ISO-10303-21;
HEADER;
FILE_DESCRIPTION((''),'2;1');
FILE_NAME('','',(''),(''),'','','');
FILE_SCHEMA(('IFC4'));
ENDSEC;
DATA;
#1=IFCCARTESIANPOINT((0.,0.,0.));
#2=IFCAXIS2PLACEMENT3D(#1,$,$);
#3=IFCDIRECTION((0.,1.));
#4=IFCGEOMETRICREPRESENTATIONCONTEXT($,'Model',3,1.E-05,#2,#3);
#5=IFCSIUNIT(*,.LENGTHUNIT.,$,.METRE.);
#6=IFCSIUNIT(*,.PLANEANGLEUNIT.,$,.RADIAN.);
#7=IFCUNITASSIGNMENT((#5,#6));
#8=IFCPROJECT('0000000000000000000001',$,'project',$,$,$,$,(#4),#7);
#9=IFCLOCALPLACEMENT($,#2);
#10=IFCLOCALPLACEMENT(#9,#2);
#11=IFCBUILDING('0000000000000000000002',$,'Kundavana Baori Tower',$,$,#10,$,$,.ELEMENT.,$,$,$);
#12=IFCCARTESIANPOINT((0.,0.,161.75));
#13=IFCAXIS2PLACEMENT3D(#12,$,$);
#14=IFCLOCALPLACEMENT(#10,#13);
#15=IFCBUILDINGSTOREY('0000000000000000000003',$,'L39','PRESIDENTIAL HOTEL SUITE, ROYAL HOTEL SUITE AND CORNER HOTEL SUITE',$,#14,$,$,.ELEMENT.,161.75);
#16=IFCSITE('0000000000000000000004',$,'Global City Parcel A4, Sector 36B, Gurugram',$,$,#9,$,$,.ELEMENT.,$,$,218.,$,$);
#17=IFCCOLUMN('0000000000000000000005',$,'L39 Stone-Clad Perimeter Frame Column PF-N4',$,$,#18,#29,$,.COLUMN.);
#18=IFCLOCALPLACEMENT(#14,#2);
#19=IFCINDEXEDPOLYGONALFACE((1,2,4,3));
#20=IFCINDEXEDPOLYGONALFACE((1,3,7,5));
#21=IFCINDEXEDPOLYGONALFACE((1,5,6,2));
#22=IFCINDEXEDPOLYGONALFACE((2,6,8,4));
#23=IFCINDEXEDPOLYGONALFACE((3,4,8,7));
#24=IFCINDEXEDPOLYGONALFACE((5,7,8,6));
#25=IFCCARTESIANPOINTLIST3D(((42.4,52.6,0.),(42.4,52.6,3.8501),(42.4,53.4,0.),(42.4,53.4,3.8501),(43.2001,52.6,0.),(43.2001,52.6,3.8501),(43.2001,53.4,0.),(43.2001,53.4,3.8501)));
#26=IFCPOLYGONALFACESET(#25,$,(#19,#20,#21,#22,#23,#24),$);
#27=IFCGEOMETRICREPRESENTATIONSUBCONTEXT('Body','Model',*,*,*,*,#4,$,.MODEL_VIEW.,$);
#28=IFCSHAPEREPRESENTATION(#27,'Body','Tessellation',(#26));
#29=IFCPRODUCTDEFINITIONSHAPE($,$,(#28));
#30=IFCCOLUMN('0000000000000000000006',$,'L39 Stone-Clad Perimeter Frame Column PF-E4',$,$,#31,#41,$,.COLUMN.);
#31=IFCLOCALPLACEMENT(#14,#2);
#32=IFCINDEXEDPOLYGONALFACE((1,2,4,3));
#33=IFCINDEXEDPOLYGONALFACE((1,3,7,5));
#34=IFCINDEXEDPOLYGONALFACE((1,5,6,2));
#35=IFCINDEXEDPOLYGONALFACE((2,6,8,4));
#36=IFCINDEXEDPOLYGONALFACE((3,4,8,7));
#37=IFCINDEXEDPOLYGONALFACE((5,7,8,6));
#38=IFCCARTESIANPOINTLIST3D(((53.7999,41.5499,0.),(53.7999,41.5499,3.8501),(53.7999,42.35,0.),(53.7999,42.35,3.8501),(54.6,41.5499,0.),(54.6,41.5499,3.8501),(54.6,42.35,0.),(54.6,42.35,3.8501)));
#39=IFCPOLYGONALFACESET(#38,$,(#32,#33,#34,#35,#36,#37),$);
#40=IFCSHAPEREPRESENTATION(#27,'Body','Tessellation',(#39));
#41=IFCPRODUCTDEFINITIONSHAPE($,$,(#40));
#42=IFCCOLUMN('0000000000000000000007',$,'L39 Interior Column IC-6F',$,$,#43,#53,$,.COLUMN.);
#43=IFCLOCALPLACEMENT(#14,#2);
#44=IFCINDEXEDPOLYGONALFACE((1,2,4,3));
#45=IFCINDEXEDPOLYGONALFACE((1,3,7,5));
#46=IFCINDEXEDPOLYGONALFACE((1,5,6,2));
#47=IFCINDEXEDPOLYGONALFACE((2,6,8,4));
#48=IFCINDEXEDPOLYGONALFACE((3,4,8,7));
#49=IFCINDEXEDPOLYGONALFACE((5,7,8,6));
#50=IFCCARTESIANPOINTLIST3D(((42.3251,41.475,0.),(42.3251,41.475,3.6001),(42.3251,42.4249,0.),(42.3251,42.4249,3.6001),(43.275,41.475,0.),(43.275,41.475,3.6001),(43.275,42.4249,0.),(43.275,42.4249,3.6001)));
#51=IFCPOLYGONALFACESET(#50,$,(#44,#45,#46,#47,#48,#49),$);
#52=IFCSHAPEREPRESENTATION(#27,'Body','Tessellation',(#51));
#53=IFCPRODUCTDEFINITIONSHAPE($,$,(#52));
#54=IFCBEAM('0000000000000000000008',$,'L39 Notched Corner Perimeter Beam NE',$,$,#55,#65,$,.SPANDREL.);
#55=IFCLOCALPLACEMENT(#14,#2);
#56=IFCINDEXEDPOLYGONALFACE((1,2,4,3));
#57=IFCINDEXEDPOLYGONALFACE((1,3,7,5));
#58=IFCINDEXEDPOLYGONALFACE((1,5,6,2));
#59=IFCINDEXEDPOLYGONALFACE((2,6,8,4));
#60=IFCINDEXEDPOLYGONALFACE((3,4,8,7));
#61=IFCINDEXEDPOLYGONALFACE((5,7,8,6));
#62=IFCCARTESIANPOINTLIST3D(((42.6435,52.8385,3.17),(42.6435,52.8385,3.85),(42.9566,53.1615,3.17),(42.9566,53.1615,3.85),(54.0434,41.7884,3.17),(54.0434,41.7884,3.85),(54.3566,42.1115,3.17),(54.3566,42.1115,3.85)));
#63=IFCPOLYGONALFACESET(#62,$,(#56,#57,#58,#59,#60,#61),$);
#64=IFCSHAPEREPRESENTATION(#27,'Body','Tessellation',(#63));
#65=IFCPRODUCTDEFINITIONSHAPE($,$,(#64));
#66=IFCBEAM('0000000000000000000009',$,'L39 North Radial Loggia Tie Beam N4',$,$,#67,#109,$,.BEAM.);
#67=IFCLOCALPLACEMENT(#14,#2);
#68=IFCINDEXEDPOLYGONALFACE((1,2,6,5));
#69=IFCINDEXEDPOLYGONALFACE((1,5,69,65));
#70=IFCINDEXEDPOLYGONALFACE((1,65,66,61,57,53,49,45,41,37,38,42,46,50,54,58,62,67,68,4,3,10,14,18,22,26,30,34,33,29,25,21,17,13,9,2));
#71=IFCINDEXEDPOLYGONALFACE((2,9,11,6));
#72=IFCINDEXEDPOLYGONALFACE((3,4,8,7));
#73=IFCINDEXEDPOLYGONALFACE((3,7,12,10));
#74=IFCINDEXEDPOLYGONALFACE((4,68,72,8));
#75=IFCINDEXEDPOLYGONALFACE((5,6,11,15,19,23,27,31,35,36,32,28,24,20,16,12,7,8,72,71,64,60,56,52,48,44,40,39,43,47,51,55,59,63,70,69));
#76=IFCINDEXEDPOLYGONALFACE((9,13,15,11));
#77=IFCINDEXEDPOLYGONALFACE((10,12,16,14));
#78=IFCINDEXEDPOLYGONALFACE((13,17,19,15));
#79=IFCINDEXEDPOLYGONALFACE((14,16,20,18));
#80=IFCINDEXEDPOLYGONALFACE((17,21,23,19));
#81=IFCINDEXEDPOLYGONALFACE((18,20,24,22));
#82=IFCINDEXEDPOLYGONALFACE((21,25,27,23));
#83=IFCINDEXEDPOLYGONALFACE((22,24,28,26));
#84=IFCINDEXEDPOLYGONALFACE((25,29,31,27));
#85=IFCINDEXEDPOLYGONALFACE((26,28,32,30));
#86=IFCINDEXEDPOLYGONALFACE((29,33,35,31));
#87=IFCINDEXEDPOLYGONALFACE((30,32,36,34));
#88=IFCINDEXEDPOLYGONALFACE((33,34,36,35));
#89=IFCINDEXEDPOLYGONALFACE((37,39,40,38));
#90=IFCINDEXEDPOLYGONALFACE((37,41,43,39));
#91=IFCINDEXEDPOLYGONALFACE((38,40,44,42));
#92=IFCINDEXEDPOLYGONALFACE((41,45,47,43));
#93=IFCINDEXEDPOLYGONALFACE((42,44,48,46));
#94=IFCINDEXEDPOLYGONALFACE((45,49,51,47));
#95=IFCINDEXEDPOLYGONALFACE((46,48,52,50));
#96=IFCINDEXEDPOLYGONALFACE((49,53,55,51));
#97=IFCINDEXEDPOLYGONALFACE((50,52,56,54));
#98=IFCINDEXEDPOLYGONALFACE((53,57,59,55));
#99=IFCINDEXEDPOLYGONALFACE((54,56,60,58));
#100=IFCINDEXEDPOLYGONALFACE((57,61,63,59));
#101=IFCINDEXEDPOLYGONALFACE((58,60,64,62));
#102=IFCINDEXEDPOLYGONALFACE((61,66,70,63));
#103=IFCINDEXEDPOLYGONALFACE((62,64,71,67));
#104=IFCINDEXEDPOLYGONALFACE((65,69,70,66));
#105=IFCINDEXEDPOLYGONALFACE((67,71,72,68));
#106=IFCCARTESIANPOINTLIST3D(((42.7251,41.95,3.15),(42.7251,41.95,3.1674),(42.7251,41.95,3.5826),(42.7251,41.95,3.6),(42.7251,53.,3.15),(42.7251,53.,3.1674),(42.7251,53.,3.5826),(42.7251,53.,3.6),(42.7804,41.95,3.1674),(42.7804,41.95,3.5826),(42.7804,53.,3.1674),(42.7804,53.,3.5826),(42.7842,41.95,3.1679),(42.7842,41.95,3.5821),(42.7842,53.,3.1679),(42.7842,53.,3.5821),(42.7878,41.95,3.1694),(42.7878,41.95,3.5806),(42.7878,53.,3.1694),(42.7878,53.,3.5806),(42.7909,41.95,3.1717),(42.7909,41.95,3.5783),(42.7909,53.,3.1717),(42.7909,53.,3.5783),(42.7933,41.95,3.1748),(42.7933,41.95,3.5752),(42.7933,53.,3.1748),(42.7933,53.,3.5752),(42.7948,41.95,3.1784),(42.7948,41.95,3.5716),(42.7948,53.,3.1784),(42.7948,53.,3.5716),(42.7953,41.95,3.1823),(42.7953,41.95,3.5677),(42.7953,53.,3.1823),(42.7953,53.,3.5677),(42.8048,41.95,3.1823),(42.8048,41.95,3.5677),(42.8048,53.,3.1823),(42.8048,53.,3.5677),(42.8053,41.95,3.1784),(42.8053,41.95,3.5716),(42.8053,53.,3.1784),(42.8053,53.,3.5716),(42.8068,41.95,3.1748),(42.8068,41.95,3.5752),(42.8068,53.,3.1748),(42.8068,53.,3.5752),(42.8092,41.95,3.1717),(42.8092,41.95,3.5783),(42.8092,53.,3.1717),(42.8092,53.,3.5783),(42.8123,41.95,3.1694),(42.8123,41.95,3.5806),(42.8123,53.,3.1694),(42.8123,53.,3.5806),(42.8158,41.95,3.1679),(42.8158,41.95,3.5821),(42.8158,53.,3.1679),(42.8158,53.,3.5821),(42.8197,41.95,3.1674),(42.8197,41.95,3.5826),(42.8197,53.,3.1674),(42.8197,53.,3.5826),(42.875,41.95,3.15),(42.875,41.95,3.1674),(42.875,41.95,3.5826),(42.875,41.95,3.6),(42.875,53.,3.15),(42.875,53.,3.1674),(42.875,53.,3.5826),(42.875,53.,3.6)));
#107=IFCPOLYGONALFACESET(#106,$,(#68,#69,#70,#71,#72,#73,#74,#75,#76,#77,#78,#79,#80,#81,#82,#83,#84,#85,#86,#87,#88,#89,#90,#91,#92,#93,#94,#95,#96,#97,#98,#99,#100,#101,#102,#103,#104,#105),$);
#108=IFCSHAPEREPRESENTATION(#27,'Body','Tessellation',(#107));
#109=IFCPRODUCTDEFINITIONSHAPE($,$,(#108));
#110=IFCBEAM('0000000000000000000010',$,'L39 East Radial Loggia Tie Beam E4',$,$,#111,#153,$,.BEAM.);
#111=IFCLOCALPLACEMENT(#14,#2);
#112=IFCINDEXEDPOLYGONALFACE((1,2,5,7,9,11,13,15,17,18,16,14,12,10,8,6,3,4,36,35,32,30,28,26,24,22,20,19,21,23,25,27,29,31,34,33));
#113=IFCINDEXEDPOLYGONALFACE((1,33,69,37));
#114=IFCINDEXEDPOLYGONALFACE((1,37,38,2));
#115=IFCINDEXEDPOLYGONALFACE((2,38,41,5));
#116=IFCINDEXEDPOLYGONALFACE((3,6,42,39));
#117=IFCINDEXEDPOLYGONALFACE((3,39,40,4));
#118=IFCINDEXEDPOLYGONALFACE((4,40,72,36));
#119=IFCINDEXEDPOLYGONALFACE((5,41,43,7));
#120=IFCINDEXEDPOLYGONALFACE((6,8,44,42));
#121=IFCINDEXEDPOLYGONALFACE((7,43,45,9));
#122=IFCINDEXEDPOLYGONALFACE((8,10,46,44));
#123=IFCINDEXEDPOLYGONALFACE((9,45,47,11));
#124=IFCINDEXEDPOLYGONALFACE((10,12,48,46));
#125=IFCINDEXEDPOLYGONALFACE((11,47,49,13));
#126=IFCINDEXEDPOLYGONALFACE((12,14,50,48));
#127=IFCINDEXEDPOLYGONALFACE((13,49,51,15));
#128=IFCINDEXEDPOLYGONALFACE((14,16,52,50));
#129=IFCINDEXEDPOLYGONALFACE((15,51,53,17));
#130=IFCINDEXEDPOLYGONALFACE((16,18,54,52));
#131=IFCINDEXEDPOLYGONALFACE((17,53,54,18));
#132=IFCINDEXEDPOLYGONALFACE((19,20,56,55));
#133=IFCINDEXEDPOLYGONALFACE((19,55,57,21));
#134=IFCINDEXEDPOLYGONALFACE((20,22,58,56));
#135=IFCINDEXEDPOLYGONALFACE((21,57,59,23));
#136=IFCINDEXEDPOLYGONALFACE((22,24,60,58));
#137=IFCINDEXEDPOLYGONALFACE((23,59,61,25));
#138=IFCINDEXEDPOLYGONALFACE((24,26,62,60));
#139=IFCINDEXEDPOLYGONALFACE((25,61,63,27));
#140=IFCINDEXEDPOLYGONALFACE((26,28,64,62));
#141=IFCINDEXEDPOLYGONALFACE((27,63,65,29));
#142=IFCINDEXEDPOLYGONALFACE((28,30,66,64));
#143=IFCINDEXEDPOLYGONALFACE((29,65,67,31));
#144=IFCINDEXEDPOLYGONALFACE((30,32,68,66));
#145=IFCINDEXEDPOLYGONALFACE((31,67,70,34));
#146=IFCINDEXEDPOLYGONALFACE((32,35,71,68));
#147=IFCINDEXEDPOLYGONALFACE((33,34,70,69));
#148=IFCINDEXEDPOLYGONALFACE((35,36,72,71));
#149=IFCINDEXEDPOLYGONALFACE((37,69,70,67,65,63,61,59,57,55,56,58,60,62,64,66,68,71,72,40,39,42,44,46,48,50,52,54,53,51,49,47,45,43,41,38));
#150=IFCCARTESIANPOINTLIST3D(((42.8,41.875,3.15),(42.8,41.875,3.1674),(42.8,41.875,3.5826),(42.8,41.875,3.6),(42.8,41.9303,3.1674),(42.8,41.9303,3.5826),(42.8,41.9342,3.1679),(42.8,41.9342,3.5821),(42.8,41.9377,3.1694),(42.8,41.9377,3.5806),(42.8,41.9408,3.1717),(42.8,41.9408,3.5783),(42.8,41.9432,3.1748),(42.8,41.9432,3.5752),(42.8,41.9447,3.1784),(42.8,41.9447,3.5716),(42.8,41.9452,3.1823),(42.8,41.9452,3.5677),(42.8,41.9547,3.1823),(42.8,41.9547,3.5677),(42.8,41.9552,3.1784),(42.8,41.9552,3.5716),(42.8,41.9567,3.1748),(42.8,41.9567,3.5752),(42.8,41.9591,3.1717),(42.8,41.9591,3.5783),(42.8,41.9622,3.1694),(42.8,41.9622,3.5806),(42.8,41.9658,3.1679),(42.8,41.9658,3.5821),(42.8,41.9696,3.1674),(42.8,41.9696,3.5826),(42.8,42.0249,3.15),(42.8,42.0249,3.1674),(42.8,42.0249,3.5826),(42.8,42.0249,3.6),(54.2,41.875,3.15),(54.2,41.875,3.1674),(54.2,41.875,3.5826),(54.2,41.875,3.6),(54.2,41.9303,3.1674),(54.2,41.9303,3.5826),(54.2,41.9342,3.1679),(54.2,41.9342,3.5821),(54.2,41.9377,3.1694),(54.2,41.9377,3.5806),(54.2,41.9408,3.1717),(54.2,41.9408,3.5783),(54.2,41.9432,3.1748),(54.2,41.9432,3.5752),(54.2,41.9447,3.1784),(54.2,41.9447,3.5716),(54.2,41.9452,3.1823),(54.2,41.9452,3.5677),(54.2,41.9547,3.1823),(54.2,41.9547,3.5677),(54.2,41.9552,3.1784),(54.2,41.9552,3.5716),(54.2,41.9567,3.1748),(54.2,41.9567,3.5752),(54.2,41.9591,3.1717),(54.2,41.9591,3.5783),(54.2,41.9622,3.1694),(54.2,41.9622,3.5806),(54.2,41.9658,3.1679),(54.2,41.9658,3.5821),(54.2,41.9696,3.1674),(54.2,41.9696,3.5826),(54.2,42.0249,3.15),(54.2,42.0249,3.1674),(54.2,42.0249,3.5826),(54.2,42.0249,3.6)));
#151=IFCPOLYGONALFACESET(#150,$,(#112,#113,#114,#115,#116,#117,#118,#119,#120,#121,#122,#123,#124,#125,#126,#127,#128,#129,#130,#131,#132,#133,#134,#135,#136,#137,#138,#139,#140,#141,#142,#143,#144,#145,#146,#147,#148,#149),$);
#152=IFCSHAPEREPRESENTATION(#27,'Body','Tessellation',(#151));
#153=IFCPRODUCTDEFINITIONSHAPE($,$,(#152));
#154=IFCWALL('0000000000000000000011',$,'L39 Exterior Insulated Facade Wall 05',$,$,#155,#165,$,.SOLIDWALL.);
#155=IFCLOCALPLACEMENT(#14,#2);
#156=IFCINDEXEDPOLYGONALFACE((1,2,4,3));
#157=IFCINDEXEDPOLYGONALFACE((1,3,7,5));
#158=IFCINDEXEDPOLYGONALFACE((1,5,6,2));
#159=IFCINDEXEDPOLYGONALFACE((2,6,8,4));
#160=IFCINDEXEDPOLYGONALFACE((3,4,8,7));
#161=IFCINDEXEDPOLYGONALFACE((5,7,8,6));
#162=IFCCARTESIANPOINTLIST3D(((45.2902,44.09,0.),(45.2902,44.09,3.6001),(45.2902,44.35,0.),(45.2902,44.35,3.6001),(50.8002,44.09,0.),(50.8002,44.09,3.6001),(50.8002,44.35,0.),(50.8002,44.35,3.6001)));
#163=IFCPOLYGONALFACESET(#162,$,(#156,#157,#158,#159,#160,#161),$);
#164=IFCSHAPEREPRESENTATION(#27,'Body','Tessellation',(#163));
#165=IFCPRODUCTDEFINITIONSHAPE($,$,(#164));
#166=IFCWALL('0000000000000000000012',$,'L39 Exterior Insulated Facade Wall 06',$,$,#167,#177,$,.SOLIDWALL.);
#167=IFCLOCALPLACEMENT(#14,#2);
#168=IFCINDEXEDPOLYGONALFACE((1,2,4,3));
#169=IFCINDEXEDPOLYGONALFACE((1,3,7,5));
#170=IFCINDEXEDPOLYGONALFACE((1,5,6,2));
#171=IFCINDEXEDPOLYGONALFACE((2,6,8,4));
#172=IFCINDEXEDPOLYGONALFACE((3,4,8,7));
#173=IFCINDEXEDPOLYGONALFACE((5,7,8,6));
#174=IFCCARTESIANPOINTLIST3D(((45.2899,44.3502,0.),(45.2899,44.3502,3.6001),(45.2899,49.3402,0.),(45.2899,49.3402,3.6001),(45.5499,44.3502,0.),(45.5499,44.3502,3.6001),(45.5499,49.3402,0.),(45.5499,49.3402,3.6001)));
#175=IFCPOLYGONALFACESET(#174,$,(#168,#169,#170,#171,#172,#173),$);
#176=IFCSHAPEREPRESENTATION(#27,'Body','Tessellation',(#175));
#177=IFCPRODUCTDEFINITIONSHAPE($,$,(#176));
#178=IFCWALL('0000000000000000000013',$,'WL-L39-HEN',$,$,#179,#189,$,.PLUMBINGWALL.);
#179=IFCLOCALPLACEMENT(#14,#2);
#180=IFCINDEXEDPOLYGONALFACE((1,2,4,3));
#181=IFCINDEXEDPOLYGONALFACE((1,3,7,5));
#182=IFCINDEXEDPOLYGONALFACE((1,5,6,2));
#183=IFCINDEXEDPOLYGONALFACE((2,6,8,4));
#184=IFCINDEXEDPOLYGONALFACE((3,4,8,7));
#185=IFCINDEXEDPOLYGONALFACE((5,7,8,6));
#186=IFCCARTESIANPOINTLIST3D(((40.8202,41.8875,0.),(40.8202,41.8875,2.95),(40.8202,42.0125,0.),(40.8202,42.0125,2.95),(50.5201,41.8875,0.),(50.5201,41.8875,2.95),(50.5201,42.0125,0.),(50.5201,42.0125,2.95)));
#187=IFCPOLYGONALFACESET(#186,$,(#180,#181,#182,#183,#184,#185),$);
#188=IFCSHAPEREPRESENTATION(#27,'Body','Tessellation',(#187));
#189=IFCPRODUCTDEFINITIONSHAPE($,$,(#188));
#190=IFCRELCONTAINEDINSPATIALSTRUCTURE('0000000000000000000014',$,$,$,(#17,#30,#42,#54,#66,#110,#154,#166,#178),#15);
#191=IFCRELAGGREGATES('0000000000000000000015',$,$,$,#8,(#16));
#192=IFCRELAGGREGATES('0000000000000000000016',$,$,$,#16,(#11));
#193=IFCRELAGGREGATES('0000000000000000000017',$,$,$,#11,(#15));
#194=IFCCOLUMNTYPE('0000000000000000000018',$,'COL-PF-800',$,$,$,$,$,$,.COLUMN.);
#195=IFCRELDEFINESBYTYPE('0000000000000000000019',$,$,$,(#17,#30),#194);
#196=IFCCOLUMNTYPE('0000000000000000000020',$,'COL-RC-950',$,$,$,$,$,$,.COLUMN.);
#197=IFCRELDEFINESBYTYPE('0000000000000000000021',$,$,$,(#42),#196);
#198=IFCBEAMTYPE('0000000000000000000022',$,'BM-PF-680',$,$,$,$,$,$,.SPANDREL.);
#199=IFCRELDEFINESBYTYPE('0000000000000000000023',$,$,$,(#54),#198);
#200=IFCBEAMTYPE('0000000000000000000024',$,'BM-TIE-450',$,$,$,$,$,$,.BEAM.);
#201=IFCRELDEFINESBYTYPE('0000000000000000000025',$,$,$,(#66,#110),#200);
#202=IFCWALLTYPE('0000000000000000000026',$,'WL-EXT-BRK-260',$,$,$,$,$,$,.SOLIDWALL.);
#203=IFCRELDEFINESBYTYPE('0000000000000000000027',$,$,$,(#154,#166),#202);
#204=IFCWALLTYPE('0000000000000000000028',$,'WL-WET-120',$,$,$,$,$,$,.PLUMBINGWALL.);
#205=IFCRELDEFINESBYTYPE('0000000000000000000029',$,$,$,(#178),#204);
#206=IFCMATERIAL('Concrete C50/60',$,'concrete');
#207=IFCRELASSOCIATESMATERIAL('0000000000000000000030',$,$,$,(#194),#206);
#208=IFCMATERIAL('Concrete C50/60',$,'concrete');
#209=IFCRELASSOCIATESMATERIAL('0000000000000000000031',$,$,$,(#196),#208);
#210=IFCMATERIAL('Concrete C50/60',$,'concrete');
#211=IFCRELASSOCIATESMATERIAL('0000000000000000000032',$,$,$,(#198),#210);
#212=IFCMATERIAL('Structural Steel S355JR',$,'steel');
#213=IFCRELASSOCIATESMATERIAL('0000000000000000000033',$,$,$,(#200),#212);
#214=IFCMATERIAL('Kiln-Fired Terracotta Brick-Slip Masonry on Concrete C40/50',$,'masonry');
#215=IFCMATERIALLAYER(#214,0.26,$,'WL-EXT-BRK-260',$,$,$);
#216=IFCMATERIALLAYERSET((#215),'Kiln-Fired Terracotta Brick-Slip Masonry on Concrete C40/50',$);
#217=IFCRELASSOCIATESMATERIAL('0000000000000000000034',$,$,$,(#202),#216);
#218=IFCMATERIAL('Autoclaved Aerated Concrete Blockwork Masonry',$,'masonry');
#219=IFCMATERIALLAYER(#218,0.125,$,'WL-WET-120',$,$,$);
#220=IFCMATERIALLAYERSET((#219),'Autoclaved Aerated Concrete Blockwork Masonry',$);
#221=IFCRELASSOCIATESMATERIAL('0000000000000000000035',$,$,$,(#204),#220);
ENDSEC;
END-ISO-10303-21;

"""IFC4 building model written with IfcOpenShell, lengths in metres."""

from ifc_helpers import new_model, si_unit, direction, frame, frame_2d, origin, origin_2d, place, context, subcontext, project, spatial, rectangle, i_section, extrude, material, layer, layer_set, material_profile, profile_set, type_object, element, save


model = new_model("IFC4")

# Units and contexts
model_context = context("Model", 3, precision=1e-05, world=origin(), true_north=direction((0.0, 1.0)))
body_context = subcontext(model_context, "Body", "Model", "MODEL_VIEW")
ifc_project = project(units=[si_unit("LENGTHUNIT", "METRE"), si_unit("PLANEANGLEUNIT", "RADIAN")], contexts=[model_context])

# Site, building, storey
site_placement = place(None, origin())
site = spatial("IfcSite", under=ifc_project, at=site_placement, Name="Global City Parcel A4, Sector 36B, Gurugram", CompositionType="ELEMENT", RefElevation=218.0)
building_placement = place(site_placement, origin())
building = spatial("IfcBuilding", under=site, at=building_placement, Name="Kundavana Baori Tower", CompositionType="ELEMENT")
storey_placement = place(building_placement, frame((0.0, 0.0, 161.75)))
storey = spatial("IfcBuildingStorey", under=building, at=storey_placement, Name="L39", Description="PRESIDENTIAL HOTEL SUITE, ROYAL HOTEL SUITE AND CORNER HOTEL SUITE", CompositionType="ELEMENT", Elevation=161.75)

# Columns
ifc_material_1 = material(Name="Concrete C50/60", Category="concrete")
ifc_material_profile_1 = material_profile(ifc_material_1, rectangle(XDim=0.8, YDim=0.8, at=origin_2d()), Name="RC PF 800x800")
ifc_profile_set_1 = profile_set([ifc_material_profile_1], Name="Concrete C50/60")
column_type_1 = type_object("IfcColumnType", Name="COL-PF-800", PredefinedType="COLUMN", material=ifc_profile_set_1)
for number, where, z_axis, x_axis, name in (
    (1, (42.8, 53.0, 0.0), (0.0, 0.0, 1.0), (1.0, 0.0, 0.0), "L39 Stone-Clad Perimeter Frame Column PF-N4"),
    (2, (54.2, 41.95, 0.0), (0.0, 0.0, 1.0), (1.0, 0.0, 0.0), "L39 Stone-Clad Perimeter Frame Column PF-E4"),
):
    element("IfcColumn", number, at=place(storey_placement, frame(where, z_axis=z_axis, x_axis=x_axis)), inside=storey, type_object=column_type_1, Name=name, PredefinedType="COLUMN", context=body_context, shape_type="SweptSolid", body=[
        extrude(rectangle(XDim=0.8, YDim=0.8, at=origin_2d()), origin(), (0.0, 0.0, 1.0), 3.8501),
    ])
ifc_material_2 = material(Name="Concrete C50/60", Category="concrete")
ifc_material_profile_2 = material_profile(ifc_material_2, rectangle(XDim=0.95, YDim=0.95, at=origin_2d()), Name="RC 950x950")
ifc_profile_set_2 = profile_set([ifc_material_profile_2], Name="Concrete C50/60")
column_type_2 = type_object("IfcColumnType", Name="COL-RC-950", PredefinedType="COLUMN", material=ifc_profile_set_2)
column_placement = place(storey_placement, frame((42.8, 41.95, 0.0), z_axis=(0.0, 0.0, 1.0), x_axis=(1.0, 0.0, 0.0)))
element("IfcColumn", 3, at=column_placement, inside=storey, type_object=column_type_2, Name="L39 Interior Column IC-6F", PredefinedType="COLUMN", context=body_context, shape_type="SweptSolid", body=[
    extrude(rectangle(XDim=0.95, YDim=0.95, at=origin_2d()), origin(), (0.0, 0.0, 1.0), 3.6001),
])

# Beams
ifc_material_3 = material(Name="Concrete C50/60", Category="concrete")
ifc_material_profile_3 = material_profile(ifc_material_3, rectangle(XDim=0.45, YDim=0.6799, at=origin_2d()), Name="RC BM 450x680")
ifc_profile_set_3 = profile_set([ifc_material_profile_3], Name="Concrete C50/60")
beam_type_1 = type_object("IfcBeamType", Name="BM-PF-680", PredefinedType="SPANDREL", material=ifc_profile_set_3)
beam_1_placement = place(storey_placement, frame((42.8, 53.0, 3.51), z_axis=(0.718039, -0.696003, 0.0), x_axis=(0.696003, 0.718039, 0.0)))
element("IfcBeam", 4, at=beam_1_placement, inside=storey, type_object=beam_type_1, Name="L39 Notched Corner Perimeter Beam NE", PredefinedType="SPANDREL", context=body_context, shape_type="SweptSolid", body=[
    extrude(rectangle(XDim=0.45, YDim=0.6799, at=origin_2d()), origin(), (0.0, 0.0, 1.0), 15.8765),
])
ifc_material_4 = material(Name="Structural Steel S355JR", Category="steel")
ifc_material_profile_4 = material_profile(ifc_material_4, i_section(OverallWidth=0.1499, OverallDepth=0.45, WebThickness=0.0095, FlangeThickness=0.0173, FilletRadius=0.0149, at=origin_2d()), Name="ISMB 450")
ifc_profile_set_4 = profile_set([ifc_material_profile_4], Name="Structural Steel S355JR")
beam_type_2 = type_object("IfcBeamType", Name="BM-TIE-450", PredefinedType="BEAM", material=ifc_profile_set_4)
beam_2_placement = place(storey_placement, frame((42.8, 41.95, 3.375), z_axis=(0.0, 1.0, 0.0), x_axis=(-1.0, 0.0, 0.0)))
element("IfcBeam", 5, at=beam_2_placement, inside=storey, type_object=beam_type_2, Name="L39 North Radial Loggia Tie Beam N4", PredefinedType="BEAM", context=body_context, shape_type="SweptSolid", body=[
    extrude(i_section(OverallWidth=0.1499, OverallDepth=0.45, WebThickness=0.0095, FlangeThickness=0.0173, FilletRadius=0.0149, at=origin_2d()), origin(), (0.0, 0.0, 1.0), 11.05),
])
beam_3_placement = place(storey_placement, frame((42.8, 41.95, 3.375), z_axis=(1.0, 0.0, 0.0), x_axis=(0.0, 1.0, 0.0)))
element("IfcBeam", 6, at=beam_3_placement, inside=storey, type_object=beam_type_2, Name="L39 East Radial Loggia Tie Beam E4", PredefinedType="BEAM", context=body_context, shape_type="SweptSolid", body=[
    extrude(i_section(OverallWidth=0.1499, OverallDepth=0.45, WebThickness=0.0095, FlangeThickness=0.0173, FilletRadius=0.0149, at=origin_2d()), origin(), (0.0, 0.0, 1.0), 11.3999),
])

# Walls
ifc_material_5 = material(Name="Kiln-Fired Terracotta Brick-Slip Masonry on Concrete C40/50", Category="masonry")
ifc_layer_1 = layer(ifc_material_5, 0.26, Name="WL-EXT-BRK-260")
ifc_layer_set_1 = layer_set([ifc_layer_1], Name="Kiln-Fired Terracotta Brick-Slip Masonry on Concrete C40/50")
wall_type_1 = type_object("IfcWallType", Name="WL-EXT-BRK-260", PredefinedType="SOLIDWALL", material=ifc_layer_set_1)
wall_1_placement = place(storey_placement, frame((50.8, 44.22, 0.0), z_axis=(0.0, 0.0, 1.0), x_axis=(-1.0, 0.0, 0.0)))
element("IfcWall", 7, at=wall_1_placement, inside=storey, type_object=wall_type_1, Name="L39 Exterior Insulated Facade Wall 05", PredefinedType="SOLIDWALL", context=body_context, shape_type="SweptSolid", body=[
    extrude(rectangle(XDim=5.51, YDim=0.26, at=frame_2d((2.7549, 0.0))), origin(), (0.0, 0.0, 1.0), 3.6001),
])
wall_2_placement = place(storey_placement, frame((45.4199, 44.3501, 0.0), z_axis=(0.0, 0.0, 1.0), x_axis=(0.0, 1.0, 0.0)))
element("IfcWall", 8, at=wall_2_placement, inside=storey, type_object=wall_type_1, Name="L39 Exterior Insulated Facade Wall 06", PredefinedType="SOLIDWALL", context=body_context, shape_type="SweptSolid", body=[
    extrude(rectangle(XDim=4.99, YDim=0.26, at=frame_2d((2.4951, 0.0))), origin(), (0.0, 0.0, 1.0), 3.6001),
])

# Wall
ifc_material_6 = material(Name="Autoclaved Aerated Concrete Blockwork Masonry", Category="masonry")
ifc_layer_2 = layer(ifc_material_6, 0.125, Name="WL-WET-120")
ifc_layer_set_2 = layer_set([ifc_layer_2], Name="Autoclaved Aerated Concrete Blockwork Masonry")
wall_type_2 = type_object("IfcWallType", Name="WL-WET-120", PredefinedType="PLUMBINGWALL", material=ifc_layer_set_2)
wall_3_placement = place(storey_placement, frame((40.8201, 41.95, 0.0), z_axis=(0.0, 0.0, 1.0), x_axis=(1.0, 0.0, 0.0)))
element("IfcWall", 9, at=wall_3_placement, inside=storey, type_object=wall_type_2, Name="WL-L39-HEN", PredefinedType="PLUMBINGWALL", context=body_context, shape_type="SweptSolid", body=[
    extrude(rectangle(XDim=9.7, YDim=0.125, at=frame_2d((4.8501, 0.0))), origin(), (0.0, 0.0, 1.0), 2.95),
])

save(model, "model.ifc")
